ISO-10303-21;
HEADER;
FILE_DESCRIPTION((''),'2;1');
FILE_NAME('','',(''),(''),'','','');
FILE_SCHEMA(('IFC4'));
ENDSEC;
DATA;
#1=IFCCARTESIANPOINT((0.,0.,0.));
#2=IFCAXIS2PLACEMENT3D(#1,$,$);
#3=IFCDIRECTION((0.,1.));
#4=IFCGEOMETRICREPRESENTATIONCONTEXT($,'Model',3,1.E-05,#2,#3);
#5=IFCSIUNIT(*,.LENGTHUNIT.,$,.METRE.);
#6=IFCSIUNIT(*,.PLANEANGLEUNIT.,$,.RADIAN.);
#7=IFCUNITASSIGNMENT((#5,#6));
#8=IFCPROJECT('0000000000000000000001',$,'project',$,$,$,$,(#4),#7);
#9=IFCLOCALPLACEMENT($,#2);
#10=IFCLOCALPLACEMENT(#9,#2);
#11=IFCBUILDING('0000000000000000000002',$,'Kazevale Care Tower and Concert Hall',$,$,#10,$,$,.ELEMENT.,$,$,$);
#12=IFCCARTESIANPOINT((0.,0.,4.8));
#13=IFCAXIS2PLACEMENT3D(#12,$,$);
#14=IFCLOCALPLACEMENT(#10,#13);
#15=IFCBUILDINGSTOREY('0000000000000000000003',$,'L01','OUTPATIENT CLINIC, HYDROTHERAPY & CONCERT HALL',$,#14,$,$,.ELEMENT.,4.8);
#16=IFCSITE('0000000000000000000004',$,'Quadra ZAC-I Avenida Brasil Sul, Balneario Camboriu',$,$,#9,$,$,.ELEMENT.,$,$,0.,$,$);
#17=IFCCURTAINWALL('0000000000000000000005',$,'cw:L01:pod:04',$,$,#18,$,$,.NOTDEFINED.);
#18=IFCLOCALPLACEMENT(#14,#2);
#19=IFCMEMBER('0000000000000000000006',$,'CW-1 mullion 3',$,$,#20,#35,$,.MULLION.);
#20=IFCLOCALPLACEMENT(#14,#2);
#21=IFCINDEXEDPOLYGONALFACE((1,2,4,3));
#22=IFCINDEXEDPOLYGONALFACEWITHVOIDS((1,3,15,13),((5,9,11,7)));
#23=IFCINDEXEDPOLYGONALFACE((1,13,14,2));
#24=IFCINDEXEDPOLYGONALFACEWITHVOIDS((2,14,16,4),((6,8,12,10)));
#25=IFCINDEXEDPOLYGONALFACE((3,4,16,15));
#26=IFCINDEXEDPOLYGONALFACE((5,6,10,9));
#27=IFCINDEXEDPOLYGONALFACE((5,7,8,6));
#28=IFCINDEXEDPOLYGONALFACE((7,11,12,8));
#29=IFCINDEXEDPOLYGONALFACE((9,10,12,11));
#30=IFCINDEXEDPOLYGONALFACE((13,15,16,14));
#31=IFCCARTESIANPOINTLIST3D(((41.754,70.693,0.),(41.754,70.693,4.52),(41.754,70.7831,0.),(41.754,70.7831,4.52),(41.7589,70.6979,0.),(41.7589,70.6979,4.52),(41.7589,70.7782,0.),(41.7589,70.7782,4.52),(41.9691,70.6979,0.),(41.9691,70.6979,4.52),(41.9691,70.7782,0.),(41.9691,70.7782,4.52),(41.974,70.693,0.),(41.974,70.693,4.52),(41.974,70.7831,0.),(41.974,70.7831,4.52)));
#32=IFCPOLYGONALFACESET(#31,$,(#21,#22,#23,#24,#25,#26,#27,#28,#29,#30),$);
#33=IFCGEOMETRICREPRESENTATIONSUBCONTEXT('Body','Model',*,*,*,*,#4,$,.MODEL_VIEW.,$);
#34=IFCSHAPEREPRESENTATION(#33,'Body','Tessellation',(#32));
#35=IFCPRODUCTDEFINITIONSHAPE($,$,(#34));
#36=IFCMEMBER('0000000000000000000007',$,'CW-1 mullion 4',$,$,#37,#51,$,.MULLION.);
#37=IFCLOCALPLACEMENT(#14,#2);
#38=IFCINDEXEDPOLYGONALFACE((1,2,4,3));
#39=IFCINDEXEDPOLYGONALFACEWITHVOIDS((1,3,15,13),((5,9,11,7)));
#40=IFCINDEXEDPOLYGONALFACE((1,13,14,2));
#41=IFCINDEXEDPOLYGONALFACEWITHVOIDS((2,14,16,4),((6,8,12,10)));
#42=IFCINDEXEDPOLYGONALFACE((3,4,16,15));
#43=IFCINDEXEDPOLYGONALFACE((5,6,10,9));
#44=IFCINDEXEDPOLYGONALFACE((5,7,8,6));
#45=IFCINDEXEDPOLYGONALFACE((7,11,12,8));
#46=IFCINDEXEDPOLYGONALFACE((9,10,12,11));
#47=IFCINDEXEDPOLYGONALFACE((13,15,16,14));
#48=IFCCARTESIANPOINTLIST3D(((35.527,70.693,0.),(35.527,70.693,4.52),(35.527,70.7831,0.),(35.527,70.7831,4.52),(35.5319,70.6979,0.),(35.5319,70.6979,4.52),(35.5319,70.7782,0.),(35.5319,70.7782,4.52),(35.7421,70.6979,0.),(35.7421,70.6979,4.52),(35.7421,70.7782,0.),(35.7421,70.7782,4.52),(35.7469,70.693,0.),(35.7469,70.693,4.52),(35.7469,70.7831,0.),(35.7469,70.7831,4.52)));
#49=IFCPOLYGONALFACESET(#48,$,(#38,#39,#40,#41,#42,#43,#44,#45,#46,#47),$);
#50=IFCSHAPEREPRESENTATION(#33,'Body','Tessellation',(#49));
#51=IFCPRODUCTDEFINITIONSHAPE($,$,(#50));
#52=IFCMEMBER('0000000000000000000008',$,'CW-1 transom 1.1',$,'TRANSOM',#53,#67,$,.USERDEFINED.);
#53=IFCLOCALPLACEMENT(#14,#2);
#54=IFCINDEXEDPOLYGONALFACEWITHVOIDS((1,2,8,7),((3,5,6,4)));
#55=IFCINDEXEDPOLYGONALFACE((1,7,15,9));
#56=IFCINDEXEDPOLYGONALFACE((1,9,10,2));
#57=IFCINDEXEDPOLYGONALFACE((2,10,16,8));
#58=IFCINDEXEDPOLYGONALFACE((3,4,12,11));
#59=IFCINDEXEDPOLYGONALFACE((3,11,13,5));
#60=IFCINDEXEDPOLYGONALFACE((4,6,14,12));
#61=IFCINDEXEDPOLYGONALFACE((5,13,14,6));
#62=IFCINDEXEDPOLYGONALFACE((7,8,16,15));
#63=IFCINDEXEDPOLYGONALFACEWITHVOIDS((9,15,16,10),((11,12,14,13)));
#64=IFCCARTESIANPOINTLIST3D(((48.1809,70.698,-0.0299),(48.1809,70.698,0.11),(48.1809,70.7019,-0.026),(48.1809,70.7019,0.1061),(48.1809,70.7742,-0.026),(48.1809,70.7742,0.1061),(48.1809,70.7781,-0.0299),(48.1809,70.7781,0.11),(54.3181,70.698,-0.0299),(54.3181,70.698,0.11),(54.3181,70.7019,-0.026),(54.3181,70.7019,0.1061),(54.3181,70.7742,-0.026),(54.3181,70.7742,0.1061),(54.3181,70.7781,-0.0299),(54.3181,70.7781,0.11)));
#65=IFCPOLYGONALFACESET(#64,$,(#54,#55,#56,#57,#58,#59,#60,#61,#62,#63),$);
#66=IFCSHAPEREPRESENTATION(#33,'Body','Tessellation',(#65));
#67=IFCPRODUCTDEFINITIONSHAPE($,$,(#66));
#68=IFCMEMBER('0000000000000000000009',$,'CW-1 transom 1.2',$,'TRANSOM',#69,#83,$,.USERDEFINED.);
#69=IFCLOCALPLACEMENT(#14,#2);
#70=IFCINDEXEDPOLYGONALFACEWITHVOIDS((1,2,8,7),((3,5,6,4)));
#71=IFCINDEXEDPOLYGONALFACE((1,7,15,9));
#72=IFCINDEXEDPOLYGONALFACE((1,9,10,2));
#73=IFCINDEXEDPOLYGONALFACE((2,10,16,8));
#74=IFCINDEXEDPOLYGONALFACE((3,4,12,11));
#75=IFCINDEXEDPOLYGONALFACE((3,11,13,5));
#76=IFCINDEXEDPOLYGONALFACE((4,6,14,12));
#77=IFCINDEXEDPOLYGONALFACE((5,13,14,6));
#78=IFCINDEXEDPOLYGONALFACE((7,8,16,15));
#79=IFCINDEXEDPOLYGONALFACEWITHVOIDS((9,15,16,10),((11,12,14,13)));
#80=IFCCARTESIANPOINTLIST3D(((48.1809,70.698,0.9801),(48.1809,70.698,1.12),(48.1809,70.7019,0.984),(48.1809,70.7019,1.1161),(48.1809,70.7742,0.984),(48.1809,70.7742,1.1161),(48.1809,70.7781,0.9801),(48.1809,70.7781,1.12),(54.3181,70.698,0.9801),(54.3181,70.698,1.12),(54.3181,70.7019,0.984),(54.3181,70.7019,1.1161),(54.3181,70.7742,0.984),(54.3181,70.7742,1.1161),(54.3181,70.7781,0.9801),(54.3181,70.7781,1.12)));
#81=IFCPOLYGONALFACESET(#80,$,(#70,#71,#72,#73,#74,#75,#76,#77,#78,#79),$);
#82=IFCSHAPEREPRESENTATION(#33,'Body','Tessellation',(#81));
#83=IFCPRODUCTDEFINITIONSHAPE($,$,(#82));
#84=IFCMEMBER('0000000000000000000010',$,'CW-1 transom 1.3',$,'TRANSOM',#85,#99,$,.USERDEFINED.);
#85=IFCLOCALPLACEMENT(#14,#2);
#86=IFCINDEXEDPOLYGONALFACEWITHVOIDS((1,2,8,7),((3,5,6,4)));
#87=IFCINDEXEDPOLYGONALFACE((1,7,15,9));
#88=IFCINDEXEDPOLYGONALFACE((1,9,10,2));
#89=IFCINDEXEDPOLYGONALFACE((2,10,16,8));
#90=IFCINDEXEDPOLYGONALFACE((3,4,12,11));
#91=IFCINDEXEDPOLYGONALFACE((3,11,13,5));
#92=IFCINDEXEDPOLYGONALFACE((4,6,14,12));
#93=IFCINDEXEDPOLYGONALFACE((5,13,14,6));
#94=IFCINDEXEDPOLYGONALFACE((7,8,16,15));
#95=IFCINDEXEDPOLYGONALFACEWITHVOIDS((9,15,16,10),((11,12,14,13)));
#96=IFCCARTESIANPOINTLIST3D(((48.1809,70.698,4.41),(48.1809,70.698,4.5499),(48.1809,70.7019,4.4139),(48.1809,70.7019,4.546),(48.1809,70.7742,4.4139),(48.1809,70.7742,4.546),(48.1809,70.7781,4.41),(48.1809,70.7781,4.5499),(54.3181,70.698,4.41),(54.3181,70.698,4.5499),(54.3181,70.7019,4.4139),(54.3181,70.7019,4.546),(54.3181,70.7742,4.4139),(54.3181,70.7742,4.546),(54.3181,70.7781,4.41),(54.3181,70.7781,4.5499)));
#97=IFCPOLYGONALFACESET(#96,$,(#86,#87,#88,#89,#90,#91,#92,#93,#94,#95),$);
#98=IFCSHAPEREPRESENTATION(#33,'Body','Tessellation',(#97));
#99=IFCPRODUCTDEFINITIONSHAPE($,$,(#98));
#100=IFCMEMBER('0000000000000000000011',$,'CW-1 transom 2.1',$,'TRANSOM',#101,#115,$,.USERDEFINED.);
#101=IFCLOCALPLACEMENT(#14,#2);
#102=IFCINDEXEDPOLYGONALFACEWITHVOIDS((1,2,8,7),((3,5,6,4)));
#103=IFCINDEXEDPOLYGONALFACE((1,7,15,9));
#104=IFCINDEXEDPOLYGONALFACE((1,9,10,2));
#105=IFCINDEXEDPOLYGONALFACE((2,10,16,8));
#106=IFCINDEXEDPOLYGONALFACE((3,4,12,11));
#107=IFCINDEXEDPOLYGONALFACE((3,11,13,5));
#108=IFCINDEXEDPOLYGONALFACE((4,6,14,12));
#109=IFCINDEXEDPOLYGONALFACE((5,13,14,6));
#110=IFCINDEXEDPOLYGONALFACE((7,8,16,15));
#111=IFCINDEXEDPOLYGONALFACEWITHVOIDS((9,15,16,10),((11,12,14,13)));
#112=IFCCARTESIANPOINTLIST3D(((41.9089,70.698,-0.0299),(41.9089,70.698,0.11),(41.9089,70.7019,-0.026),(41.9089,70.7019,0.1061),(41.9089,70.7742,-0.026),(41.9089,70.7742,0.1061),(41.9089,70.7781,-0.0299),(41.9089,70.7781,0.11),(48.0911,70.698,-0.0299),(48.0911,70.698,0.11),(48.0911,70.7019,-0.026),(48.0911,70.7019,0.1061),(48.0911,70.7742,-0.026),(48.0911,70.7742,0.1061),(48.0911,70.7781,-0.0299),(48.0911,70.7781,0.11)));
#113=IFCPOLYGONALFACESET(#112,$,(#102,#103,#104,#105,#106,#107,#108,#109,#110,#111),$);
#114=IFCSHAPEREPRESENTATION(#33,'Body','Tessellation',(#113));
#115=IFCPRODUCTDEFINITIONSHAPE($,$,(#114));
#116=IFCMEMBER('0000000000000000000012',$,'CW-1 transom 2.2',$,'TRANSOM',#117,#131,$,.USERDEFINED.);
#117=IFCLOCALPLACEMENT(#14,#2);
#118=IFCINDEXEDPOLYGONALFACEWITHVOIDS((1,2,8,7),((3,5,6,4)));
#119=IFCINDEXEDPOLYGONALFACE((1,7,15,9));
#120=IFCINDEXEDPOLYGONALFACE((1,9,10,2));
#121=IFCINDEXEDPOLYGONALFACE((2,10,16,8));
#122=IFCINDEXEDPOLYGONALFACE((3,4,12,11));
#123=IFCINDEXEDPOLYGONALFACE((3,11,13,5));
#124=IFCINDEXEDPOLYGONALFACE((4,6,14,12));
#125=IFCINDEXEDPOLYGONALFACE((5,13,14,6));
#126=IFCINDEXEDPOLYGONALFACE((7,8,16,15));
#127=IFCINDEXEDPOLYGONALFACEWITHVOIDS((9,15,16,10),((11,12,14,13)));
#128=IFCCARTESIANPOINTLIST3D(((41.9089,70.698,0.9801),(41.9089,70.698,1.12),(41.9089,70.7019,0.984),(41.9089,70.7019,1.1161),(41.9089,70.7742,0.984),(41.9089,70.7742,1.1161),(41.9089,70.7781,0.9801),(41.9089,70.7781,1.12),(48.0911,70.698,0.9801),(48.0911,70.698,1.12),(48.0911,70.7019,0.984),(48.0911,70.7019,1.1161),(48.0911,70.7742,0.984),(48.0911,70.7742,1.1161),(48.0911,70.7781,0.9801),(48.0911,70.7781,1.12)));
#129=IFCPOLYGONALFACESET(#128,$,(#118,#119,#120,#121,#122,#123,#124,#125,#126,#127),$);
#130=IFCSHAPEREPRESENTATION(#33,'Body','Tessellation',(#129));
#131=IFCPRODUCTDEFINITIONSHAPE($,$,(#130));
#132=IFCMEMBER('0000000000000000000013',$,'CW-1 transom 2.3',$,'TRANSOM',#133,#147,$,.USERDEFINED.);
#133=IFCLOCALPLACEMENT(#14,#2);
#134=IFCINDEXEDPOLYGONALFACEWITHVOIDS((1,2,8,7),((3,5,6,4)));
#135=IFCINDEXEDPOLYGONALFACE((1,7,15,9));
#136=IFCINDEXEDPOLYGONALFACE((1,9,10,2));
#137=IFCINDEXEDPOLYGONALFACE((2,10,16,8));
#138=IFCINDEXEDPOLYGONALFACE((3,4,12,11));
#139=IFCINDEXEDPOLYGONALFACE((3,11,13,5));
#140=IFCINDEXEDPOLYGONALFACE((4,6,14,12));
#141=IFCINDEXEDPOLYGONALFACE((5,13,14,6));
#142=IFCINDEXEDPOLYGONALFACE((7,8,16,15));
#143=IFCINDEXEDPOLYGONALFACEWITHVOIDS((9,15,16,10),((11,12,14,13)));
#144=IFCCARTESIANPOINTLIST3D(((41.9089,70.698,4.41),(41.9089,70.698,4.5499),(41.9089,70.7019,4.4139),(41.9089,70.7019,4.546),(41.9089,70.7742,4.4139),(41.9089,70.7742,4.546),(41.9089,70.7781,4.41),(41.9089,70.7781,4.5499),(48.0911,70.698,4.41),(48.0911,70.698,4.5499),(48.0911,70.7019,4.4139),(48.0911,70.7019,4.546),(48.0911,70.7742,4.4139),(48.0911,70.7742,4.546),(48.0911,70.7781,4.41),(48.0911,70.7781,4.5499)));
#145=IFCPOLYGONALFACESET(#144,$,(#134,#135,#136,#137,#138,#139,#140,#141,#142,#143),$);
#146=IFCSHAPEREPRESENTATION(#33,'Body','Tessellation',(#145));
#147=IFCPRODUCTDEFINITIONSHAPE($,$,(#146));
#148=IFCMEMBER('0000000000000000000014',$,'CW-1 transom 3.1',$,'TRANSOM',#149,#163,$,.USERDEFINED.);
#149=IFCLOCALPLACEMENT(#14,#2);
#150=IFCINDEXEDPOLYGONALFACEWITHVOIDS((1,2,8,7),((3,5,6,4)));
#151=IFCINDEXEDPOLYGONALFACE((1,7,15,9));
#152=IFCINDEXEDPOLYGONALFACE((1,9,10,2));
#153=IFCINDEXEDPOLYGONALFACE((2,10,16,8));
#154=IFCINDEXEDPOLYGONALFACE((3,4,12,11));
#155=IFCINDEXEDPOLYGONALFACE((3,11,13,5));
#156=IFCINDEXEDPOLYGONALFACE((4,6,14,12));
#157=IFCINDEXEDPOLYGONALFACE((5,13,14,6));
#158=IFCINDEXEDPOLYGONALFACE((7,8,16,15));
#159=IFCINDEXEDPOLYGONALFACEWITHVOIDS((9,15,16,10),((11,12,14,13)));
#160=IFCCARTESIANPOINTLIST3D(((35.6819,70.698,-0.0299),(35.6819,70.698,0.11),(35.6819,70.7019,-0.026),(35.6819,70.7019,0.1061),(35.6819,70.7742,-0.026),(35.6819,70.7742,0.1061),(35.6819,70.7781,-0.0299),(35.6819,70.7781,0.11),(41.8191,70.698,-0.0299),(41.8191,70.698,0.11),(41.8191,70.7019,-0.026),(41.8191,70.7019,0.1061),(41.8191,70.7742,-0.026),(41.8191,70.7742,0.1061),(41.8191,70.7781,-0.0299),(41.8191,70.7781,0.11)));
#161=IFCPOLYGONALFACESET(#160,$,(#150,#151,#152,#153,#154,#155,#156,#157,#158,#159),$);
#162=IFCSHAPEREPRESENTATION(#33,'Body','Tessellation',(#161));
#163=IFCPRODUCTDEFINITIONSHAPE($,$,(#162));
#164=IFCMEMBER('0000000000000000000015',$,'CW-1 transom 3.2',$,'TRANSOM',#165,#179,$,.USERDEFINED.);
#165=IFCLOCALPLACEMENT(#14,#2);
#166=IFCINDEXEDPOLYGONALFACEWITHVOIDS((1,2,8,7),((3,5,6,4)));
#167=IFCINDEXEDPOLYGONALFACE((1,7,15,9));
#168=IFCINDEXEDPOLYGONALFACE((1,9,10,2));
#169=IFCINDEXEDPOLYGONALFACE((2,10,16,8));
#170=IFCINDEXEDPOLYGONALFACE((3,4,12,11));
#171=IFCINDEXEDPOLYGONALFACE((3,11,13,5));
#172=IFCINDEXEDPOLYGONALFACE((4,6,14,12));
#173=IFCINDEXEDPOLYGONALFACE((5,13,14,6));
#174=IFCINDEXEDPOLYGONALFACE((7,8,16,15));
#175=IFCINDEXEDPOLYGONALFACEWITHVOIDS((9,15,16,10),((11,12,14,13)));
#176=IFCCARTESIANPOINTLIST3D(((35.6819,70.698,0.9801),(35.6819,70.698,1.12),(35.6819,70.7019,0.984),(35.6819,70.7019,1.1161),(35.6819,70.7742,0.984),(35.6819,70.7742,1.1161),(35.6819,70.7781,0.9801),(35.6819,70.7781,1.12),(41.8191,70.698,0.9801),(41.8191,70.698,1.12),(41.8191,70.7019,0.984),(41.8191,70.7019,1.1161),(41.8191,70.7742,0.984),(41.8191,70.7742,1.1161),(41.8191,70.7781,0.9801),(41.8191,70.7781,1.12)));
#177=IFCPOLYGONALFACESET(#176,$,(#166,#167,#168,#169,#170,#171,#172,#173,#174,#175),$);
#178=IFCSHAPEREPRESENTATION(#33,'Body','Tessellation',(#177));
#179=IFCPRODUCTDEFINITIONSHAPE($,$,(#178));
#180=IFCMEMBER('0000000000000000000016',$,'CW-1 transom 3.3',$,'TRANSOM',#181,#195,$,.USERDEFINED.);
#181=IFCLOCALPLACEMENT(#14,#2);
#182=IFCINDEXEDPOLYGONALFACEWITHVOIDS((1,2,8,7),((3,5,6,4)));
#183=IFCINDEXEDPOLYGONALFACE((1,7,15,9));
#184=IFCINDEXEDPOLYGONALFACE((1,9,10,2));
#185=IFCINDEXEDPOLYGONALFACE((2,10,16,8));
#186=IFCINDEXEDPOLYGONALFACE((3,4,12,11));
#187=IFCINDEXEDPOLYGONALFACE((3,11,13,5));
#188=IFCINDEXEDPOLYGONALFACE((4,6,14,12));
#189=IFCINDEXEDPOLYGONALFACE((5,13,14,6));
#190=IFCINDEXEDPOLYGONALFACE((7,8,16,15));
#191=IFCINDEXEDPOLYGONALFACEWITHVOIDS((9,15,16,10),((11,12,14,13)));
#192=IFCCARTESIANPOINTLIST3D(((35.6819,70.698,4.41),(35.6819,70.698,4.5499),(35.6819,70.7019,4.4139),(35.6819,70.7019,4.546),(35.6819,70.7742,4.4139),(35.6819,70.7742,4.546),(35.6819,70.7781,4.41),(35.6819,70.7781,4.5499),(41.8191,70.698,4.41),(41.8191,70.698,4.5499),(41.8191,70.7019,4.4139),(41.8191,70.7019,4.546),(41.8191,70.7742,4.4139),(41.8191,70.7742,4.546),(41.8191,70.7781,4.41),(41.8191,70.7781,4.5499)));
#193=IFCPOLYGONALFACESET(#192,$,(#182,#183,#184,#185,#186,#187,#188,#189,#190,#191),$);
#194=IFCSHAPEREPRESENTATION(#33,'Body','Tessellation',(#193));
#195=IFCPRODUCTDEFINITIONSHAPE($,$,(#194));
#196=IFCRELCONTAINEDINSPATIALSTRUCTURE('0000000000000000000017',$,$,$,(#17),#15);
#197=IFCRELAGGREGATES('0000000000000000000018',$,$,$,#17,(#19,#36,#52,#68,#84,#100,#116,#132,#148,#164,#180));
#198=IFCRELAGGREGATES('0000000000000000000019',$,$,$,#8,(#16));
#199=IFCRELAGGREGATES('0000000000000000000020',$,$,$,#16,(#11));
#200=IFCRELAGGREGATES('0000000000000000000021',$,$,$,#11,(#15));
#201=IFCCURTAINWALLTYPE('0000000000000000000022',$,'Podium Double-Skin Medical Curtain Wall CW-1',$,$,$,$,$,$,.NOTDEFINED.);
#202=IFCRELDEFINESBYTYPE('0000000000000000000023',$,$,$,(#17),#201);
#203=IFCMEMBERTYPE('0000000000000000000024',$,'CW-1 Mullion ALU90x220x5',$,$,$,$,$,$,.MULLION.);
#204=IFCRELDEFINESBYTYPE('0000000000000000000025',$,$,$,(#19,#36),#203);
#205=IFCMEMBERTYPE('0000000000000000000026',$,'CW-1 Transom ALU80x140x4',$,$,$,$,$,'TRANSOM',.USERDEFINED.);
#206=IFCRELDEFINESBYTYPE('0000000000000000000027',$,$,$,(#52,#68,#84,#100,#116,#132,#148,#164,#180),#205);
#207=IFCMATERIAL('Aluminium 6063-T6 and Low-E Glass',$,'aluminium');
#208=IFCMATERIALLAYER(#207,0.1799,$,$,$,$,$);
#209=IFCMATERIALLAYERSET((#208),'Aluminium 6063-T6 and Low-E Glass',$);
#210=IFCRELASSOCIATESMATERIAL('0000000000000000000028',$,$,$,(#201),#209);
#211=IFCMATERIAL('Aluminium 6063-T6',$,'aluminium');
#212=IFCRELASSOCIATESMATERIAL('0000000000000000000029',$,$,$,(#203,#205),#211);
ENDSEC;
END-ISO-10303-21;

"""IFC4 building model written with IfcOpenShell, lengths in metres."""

from ifc_helpers import new_model, si_unit, direction, frame, origin, origin_2d, place, context, subcontext, project, spatial, hollow_rectangle, extrude, material, layer, layer_set, material_profile, profile_set, type_object, element, aggregate, save


model = new_model("IFC4")

# Units and contexts
model_context = context("Model", 3, precision=1e-05, world=origin(), true_north=direction((0.0, 1.0)))
body_context = subcontext(model_context, "Body", "Model", "MODEL_VIEW")
ifc_project = project(units=[si_unit("LENGTHUNIT", "METRE"), si_unit("PLANEANGLEUNIT", "RADIAN")], contexts=[model_context])

# Site, building, storey
site_placement = place(None, origin())
site = spatial("IfcSite", under=ifc_project, at=site_placement, Name="Quadra ZAC-I Avenida Brasil Sul, Balneario Camboriu", CompositionType="ELEMENT", RefElevation=0.0)
building_placement = place(site_placement, origin())
building = spatial("IfcBuilding", under=site, at=building_placement, Name="Kazevale Care Tower and Concert Hall", CompositionType="ELEMENT")
storey_placement = place(building_placement, frame((0.0, 0.0, 4.8)))
storey = spatial("IfcBuildingStorey", under=building, at=storey_placement, Name="L01", Description="OUTPATIENT CLINIC, HYDROTHERAPY & CONCERT HALL", CompositionType="ELEMENT", Elevation=4.8)

# Curtain wall, members
ifc_material_1 = material(Name="Aluminium 6063-T6 and Low-E Glass", Category="aluminium")
ifc_layer_1 = layer(ifc_material_1, 0.1799)
ifc_layer_set_1 = layer_set([ifc_layer_1], Name="Aluminium 6063-T6 and Low-E Glass")
curtain_wall_type = type_object("IfcCurtainWallType", Name="Podium Double-Skin Medical Curtain Wall CW-1", PredefinedType="NOTDEFINED", material=ifc_layer_set_1)
curtain_wall_placement = place(storey_placement, origin())
curtain_wall = element("IfcCurtainWall", 1, at=curtain_wall_placement, inside=storey, type_object=curtain_wall_type, Name="cw:L01:pod:04", PredefinedType="NOTDEFINED")
ifc_material_2 = material(Name="Aluminium 6063-T6", Category="aluminium")
ifc_material_profile_1 = material_profile(ifc_material_2, hollow_rectangle(XDim=0.0901, YDim=0.22, WallThickness=0.0049, at=origin_2d()), Name="ALU90x220x5")
ifc_profile_set_1 = profile_set([ifc_material_profile_1], Name="Aluminium 6063-T6")
member_type_1 = type_object("IfcMemberType", Name="CW-1 Mullion ALU90x220x5", PredefinedType="MULLION", material=ifc_profile_set_1)
member_1_placement = place(storey_placement, frame((41.864, 70.738, 0.0), z_axis=(0.0, 0.0, 1.0), x_axis=(0.0, -1.0, 0.0)))
member_1 = element("IfcMember", 2, at=member_1_placement, type_object=member_type_1, Name="CW-1 mullion 3", PredefinedType="MULLION", context=body_context, shape_type="SweptSolid", body=[
    extrude(hollow_rectangle(XDim=0.0901, YDim=0.22, WallThickness=0.0049, at=origin_2d()), origin(), (0.0, 0.0, 1.0), 4.52),
])
member_2_placement = place(storey_placement, frame((35.637, 70.738, 0.0), z_axis=(0.0, 0.0, 1.0), x_axis=(0.0, -1.0, 0.0)))
member_2 = element("IfcMember", 3, at=member_2_placement, type_object=member_type_1, Name="CW-1 mullion 4", PredefinedType="MULLION", context=body_context, shape_type="SweptSolid", body=[
    extrude(hollow_rectangle(XDim=0.0901, YDim=0.22, WallThickness=0.0049, at=origin_2d()), origin(), (0.0, 0.0, 1.0), 4.52),
])
ifc_material_profile_2 = material_profile(ifc_material_2, hollow_rectangle(XDim=0.0801, YDim=0.1399, WallThickness=0.0039, at=origin_2d()), Name="ALU80x140x4")
ifc_profile_set_2 = profile_set([ifc_material_profile_2], Name="Aluminium 6063-T6")
member_type_2 = type_object("IfcMemberType", Name="CW-1 Transom ALU80x140x4", ElementType="TRANSOM", PredefinedType="USERDEFINED", material=ifc_profile_set_2)
member_3_placement = place(storey_placement, frame((54.3181, 70.738, 0.04), z_axis=(-1.0, 0.0, 0.0), x_axis=(0.0, -1.0, 0.0)))
member_3 = element("IfcMember", 4, at=member_3_placement, type_object=member_type_2, Name="CW-1 transom 1.1", ObjectType="TRANSOM", PredefinedType="USERDEFINED", context=body_context, shape_type="SweptSolid", body=[
    extrude(hollow_rectangle(XDim=0.0801, YDim=0.1399, WallThickness=0.0039, at=origin_2d()), origin(), (0.0, 0.0, 1.0), 6.1372),
])
member_4_placement = place(storey_placement, frame((54.3181, 70.738, 1.05), z_axis=(-1.0, 0.0, 0.0), x_axis=(0.0, -1.0, 0.0)))
member_4 = element("IfcMember", 5, at=member_4_placement, type_object=member_type_2, Name="CW-1 transom 1.2", ObjectType="TRANSOM", PredefinedType="USERDEFINED", context=body_context, shape_type="SweptSolid", body=[
    extrude(hollow_rectangle(XDim=0.0801, YDim=0.1399, WallThickness=0.0039, at=origin_2d()), origin(), (0.0, 0.0, 1.0), 6.1372),
])
member_5_placement = place(storey_placement, frame((54.3181, 70.738, 4.48), z_axis=(-1.0, 0.0, 0.0), x_axis=(0.0, -1.0, 0.0)))
member_5 = element("IfcMember", 6, at=member_5_placement, type_object=member_type_2, Name="CW-1 transom 1.3", ObjectType="TRANSOM", PredefinedType="USERDEFINED", context=body_context, shape_type="SweptSolid", body=[
    extrude(hollow_rectangle(XDim=0.0801, YDim=0.1399, WallThickness=0.0039, at=origin_2d()), origin(), (0.0, 0.0, 1.0), 6.1372),
])
member_6_placement = place(storey_placement, frame((48.0911, 70.738, 0.04), z_axis=(-1.0, 0.0, 0.0), x_axis=(0.0, -1.0, 0.0)))
member_6 = element("IfcMember", 7, at=member_6_placement, type_object=member_type_2, Name="CW-1 transom 2.1", ObjectType="TRANSOM", PredefinedType="USERDEFINED", context=body_context, shape_type="SweptSolid", body=[
    extrude(hollow_rectangle(XDim=0.0801, YDim=0.1399, WallThickness=0.0039, at=origin_2d()), origin(), (0.0, 0.0, 1.0), 6.1821),
])
member_7_placement = place(storey_placement, frame((48.0911, 70.738, 1.05), z_axis=(-1.0, 0.0, 0.0), x_axis=(0.0, -1.0, 0.0)))
member_7 = element("IfcMember", 8, at=member_7_placement, type_object=member_type_2, Name="CW-1 transom 2.2", ObjectType="TRANSOM", PredefinedType="USERDEFINED", context=body_context, shape_type="SweptSolid", body=[
    extrude(hollow_rectangle(XDim=0.0801, YDim=0.1399, WallThickness=0.0039, at=origin_2d()), origin(), (0.0, 0.0, 1.0), 6.1821),
])
member_8_placement = place(storey_placement, frame((48.0911, 70.738, 4.48), z_axis=(-1.0, 0.0, 0.0), x_axis=(0.0, -1.0, 0.0)))
member_8 = element("IfcMember", 9, at=member_8_placement, type_object=member_type_2, Name="CW-1 transom 2.3", ObjectType="TRANSOM", PredefinedType="USERDEFINED", context=body_context, shape_type="SweptSolid", body=[
    extrude(hollow_rectangle(XDim=0.0801, YDim=0.1399, WallThickness=0.0039, at=origin_2d()), origin(), (0.0, 0.0, 1.0), 6.1821),
])
member_9_placement = place(storey_placement, frame((41.8191, 70.738, 0.04), z_axis=(-1.0, 0.0, 0.0), x_axis=(0.0, -1.0, 0.0)))
member_9 = element("IfcMember", 10, at=member_9_placement, type_object=member_type_2, Name="CW-1 transom 3.1", ObjectType="TRANSOM", PredefinedType="USERDEFINED", context=body_context, shape_type="SweptSolid", body=[
    extrude(hollow_rectangle(XDim=0.0801, YDim=0.1399, WallThickness=0.0039, at=origin_2d()), origin(), (0.0, 0.0, 1.0), 6.1372),
])
member_10_placement = place(storey_placement, frame((41.8191, 70.738, 1.05), z_axis=(-1.0, 0.0, 0.0), x_axis=(0.0, -1.0, 0.0)))
member_10 = element("IfcMember", 11, at=member_10_placement, type_object=member_type_2, Name="CW-1 transom 3.2", ObjectType="TRANSOM", PredefinedType="USERDEFINED", context=body_context, shape_type="SweptSolid", body=[
    extrude(hollow_rectangle(XDim=0.0801, YDim=0.1399, WallThickness=0.0039, at=origin_2d()), origin(), (0.0, 0.0, 1.0), 6.1372),
])
member_11_placement = place(storey_placement, frame((41.8191, 70.738, 4.48), z_axis=(-1.0, 0.0, 0.0), x_axis=(0.0, -1.0, 0.0)))
member_11 = element("IfcMember", 12, at=member_11_placement, type_object=member_type_2, Name="CW-1 transom 3.3", ObjectType="TRANSOM", PredefinedType="USERDEFINED", context=body_context, shape_type="SweptSolid", body=[
    extrude(hollow_rectangle(XDim=0.0801, YDim=0.1399, WallThickness=0.0039, at=origin_2d()), origin(), (0.0, 0.0, 1.0), 6.1372),
])

aggregate(curtain_wall, [member_1, member_2, member_3, member_4, member_5, member_6, member_7, member_8, member_9, member_10, member_11])

save(model, "model.ifc")
